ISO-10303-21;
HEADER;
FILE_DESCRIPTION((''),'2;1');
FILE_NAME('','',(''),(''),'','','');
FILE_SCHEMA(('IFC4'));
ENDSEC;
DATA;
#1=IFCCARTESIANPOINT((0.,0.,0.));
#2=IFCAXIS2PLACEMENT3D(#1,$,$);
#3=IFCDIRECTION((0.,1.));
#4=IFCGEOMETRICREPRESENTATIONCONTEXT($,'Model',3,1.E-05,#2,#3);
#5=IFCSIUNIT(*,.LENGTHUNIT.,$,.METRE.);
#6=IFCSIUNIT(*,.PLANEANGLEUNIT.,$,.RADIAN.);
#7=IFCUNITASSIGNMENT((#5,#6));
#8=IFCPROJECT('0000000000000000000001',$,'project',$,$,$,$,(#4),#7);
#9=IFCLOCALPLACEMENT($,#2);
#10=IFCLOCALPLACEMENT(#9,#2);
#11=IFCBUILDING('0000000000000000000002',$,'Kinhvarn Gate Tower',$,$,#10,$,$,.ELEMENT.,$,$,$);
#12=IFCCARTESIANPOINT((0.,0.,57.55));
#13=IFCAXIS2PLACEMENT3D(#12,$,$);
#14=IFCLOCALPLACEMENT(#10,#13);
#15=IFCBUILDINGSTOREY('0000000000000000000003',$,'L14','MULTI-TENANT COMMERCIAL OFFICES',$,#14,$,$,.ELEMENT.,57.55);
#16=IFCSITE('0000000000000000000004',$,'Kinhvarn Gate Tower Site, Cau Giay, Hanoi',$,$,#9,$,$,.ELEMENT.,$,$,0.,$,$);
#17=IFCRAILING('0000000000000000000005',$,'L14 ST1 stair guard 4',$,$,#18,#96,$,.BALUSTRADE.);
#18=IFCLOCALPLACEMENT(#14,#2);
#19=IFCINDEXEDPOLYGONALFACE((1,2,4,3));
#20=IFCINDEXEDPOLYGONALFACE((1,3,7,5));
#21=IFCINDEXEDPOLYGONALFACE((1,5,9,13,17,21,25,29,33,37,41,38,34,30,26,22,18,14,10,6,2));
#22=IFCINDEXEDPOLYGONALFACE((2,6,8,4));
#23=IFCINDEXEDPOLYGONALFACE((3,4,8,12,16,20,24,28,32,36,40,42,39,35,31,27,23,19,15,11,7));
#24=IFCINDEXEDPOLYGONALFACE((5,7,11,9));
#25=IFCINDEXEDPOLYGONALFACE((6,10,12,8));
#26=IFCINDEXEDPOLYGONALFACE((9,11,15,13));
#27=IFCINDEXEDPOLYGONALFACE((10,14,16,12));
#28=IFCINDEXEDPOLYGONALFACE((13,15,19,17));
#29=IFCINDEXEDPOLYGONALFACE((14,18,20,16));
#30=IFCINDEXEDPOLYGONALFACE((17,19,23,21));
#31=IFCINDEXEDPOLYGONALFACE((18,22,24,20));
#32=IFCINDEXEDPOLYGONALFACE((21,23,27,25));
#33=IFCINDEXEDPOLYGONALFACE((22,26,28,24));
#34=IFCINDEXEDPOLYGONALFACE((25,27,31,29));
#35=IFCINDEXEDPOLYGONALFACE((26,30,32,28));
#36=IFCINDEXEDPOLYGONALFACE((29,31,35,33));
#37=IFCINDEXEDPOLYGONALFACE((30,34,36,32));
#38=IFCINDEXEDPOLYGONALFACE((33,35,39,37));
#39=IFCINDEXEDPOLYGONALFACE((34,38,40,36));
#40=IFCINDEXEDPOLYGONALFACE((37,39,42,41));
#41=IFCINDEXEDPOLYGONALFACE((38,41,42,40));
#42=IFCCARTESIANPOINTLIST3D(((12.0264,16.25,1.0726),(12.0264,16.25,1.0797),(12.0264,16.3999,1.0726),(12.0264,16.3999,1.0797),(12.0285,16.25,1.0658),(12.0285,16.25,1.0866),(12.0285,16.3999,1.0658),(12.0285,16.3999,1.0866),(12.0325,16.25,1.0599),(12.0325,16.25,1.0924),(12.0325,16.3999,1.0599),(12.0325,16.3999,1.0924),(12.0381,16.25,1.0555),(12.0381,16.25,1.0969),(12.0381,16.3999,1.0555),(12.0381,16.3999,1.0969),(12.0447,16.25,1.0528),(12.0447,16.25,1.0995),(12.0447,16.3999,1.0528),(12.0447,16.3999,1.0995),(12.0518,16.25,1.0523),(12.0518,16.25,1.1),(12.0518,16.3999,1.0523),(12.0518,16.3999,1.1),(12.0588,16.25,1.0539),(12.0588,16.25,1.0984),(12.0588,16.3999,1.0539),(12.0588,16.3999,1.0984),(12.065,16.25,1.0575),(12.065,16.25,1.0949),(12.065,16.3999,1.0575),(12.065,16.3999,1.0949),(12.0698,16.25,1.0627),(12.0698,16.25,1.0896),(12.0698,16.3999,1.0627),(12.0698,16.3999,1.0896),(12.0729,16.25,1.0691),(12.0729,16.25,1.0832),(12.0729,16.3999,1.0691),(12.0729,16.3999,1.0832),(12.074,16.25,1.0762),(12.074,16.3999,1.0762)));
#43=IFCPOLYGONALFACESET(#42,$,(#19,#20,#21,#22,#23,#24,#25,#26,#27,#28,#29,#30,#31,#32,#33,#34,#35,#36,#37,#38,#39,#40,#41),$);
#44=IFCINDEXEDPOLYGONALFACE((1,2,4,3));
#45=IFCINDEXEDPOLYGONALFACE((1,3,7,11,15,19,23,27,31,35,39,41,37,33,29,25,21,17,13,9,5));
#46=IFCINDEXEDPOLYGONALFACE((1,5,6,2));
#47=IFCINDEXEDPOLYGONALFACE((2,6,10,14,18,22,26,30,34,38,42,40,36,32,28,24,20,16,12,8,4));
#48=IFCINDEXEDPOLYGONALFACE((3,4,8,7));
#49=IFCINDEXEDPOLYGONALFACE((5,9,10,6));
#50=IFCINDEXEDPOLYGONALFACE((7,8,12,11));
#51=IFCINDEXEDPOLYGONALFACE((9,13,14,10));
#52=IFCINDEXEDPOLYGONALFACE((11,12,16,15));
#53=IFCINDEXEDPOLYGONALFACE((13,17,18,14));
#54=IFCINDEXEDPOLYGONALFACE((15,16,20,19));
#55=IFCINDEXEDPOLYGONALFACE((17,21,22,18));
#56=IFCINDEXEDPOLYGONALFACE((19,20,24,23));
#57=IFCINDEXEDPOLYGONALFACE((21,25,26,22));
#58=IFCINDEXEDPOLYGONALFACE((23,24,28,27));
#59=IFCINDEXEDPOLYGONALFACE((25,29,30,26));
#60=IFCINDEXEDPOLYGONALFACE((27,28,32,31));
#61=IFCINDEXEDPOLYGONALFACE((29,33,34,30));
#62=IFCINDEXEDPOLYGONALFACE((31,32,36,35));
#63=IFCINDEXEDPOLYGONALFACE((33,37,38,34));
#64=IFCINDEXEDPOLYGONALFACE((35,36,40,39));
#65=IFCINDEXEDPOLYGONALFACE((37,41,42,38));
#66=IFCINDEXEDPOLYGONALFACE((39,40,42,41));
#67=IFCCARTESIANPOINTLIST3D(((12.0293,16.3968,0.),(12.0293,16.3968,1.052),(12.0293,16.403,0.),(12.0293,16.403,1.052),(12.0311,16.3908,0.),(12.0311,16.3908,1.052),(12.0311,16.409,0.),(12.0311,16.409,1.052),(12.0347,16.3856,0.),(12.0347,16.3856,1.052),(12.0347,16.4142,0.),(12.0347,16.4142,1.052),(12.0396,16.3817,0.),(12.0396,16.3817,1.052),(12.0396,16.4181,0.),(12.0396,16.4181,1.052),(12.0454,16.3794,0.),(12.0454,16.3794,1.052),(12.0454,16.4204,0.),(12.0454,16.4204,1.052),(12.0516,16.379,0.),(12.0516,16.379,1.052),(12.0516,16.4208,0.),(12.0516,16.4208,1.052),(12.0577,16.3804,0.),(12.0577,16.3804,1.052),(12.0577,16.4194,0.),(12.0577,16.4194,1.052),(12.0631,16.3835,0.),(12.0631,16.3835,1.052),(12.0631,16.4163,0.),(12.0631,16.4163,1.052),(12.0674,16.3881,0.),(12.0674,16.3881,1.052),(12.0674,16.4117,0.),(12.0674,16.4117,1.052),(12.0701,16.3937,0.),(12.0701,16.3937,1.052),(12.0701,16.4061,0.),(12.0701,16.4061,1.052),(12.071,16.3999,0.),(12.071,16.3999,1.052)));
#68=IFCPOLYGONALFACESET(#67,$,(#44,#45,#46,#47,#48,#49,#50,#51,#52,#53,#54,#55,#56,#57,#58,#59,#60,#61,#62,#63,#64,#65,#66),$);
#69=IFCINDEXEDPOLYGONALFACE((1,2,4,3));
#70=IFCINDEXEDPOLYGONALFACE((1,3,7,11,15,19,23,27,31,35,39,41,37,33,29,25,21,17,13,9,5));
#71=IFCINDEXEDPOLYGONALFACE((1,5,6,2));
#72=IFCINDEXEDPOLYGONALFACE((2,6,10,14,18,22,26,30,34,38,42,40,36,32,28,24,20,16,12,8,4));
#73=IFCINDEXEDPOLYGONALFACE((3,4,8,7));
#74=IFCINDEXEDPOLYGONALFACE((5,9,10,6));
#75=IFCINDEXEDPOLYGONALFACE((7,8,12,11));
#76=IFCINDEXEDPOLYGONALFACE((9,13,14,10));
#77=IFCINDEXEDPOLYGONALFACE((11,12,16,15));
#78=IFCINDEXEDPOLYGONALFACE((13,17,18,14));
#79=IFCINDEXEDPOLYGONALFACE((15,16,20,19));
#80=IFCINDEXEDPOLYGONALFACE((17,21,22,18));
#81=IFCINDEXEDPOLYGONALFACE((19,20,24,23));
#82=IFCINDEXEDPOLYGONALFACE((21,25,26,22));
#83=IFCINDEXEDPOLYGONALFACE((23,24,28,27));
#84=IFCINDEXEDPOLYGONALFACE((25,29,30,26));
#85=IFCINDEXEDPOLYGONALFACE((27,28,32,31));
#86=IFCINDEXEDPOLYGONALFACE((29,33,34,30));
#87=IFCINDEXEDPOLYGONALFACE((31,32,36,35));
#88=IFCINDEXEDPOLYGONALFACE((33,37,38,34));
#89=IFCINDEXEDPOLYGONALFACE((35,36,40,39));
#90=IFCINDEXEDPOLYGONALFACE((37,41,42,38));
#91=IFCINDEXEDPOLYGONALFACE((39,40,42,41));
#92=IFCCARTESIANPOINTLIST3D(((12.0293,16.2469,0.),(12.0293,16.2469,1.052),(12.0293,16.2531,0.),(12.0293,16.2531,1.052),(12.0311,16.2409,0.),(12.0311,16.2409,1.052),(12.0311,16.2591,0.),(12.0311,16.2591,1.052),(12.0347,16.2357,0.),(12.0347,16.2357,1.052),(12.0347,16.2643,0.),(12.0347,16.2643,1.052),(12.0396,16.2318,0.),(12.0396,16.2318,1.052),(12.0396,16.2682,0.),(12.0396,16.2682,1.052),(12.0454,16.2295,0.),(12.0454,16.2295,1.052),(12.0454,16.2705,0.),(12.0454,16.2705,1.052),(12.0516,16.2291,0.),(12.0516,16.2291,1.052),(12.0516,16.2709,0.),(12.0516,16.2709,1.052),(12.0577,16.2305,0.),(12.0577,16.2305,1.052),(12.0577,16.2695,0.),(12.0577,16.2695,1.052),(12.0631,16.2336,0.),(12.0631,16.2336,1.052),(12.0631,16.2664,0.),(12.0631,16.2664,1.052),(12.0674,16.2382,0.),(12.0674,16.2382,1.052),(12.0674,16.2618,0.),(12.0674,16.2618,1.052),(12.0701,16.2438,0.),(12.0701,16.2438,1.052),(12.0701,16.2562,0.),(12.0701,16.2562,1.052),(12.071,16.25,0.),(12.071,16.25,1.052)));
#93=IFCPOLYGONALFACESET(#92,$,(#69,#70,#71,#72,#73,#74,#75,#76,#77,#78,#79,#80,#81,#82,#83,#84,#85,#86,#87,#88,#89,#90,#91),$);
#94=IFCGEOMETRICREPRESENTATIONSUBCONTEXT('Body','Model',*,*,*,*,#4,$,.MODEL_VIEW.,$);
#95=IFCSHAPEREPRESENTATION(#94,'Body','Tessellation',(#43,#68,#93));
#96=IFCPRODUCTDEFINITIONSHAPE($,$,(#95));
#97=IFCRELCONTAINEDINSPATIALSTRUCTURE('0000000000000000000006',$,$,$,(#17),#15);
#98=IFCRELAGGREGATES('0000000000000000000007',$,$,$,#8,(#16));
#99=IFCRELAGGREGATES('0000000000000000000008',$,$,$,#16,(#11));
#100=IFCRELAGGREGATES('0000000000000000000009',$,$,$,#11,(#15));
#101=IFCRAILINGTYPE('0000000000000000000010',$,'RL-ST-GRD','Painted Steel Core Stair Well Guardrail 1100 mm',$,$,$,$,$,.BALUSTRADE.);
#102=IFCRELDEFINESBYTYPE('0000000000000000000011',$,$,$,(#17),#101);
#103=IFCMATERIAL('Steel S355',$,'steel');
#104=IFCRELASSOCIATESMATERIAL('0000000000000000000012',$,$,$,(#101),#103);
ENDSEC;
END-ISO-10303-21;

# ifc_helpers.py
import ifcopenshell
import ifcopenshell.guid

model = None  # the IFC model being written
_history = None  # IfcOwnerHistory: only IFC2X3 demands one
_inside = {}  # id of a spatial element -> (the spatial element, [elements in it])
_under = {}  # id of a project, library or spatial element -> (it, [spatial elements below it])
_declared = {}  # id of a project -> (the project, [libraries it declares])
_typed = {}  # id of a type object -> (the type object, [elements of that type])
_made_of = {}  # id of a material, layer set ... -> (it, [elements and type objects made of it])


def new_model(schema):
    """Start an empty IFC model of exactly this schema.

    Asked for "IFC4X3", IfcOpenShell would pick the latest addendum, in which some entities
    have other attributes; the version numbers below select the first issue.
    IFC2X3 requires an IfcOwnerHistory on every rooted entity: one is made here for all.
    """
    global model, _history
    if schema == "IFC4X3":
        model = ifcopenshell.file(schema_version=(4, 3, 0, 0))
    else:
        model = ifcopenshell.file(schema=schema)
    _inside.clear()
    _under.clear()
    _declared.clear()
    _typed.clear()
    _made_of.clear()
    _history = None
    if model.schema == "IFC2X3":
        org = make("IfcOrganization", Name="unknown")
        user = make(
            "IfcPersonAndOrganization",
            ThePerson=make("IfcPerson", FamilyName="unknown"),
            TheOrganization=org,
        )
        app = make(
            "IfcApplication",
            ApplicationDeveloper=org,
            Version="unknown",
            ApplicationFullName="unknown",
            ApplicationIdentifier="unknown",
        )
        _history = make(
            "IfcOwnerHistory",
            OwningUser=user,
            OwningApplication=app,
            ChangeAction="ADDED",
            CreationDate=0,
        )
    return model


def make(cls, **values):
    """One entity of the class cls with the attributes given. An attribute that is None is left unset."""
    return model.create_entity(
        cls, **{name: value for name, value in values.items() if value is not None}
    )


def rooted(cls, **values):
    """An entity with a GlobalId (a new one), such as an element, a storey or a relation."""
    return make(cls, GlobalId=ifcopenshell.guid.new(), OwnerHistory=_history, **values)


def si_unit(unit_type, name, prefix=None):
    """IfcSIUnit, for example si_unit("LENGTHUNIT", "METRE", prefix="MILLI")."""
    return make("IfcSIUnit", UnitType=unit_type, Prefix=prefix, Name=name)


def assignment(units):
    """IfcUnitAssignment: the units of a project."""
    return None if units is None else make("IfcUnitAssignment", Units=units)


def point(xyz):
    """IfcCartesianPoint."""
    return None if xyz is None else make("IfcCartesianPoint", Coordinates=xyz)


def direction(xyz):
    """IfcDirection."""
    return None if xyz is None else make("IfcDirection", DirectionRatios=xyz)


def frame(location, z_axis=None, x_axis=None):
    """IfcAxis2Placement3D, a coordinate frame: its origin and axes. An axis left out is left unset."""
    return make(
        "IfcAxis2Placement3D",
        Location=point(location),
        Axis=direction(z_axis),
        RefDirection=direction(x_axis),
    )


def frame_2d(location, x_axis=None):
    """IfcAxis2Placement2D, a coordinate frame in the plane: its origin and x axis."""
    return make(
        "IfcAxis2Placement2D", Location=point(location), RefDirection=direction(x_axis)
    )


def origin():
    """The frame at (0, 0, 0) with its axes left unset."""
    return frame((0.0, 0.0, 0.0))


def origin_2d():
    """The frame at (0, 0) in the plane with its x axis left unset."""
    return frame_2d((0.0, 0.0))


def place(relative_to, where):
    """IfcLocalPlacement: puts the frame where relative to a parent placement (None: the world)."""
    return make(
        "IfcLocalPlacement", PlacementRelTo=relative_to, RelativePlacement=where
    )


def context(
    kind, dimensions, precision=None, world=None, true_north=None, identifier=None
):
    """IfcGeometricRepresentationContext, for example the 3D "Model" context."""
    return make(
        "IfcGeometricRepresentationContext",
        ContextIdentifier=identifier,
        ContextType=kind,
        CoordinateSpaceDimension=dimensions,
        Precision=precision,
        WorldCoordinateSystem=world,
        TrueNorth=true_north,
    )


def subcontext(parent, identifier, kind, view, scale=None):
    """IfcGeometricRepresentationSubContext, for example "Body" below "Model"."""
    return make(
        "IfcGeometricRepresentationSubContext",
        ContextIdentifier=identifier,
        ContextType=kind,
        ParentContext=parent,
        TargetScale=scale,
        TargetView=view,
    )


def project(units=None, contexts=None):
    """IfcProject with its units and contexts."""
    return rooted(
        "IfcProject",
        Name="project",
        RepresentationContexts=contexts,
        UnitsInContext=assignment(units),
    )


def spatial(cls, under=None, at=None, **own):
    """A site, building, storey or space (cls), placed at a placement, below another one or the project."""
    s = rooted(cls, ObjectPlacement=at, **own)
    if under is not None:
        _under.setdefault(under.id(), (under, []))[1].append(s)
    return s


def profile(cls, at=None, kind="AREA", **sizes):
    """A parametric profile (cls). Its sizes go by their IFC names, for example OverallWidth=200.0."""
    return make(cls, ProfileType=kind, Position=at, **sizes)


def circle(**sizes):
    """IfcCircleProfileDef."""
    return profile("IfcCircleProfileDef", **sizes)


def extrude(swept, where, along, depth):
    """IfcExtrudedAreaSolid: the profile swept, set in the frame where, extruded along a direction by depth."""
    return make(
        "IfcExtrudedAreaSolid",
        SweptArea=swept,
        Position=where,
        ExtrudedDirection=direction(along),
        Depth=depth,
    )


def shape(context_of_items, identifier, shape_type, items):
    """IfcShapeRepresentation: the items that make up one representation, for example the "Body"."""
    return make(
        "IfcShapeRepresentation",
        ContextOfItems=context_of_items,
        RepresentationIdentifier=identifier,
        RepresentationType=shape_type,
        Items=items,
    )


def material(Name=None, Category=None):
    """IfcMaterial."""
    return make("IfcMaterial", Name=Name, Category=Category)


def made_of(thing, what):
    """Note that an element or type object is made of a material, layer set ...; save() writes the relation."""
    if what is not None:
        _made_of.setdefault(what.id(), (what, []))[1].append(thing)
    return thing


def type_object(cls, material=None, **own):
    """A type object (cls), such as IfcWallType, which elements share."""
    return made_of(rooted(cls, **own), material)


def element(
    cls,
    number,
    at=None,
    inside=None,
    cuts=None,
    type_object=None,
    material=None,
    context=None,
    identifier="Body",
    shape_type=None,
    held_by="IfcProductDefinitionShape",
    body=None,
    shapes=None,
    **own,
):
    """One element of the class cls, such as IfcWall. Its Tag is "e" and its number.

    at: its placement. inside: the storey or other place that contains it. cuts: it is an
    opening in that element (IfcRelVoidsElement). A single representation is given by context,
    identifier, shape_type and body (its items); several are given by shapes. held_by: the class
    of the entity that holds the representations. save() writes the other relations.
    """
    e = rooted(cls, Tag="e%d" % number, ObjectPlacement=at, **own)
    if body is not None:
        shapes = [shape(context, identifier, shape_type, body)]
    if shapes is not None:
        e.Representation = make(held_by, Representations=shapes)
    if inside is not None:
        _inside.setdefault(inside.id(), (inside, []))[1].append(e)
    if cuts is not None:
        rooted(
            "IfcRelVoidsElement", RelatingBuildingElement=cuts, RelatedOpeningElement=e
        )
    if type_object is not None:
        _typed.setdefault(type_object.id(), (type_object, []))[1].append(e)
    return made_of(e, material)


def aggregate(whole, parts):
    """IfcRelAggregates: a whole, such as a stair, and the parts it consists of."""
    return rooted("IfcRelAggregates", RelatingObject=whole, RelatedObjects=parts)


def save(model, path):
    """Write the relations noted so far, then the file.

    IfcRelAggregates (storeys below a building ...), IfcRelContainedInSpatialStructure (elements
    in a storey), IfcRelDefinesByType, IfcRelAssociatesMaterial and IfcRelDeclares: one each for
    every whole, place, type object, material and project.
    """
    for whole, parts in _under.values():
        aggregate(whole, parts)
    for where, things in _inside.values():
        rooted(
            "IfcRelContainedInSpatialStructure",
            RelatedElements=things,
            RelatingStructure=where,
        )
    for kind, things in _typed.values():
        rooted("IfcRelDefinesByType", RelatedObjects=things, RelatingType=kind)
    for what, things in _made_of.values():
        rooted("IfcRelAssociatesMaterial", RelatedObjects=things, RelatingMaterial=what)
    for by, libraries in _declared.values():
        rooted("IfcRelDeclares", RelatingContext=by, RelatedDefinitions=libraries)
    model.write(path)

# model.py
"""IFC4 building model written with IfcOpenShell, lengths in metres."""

from ifc_helpers import new_model, si_unit, direction, frame, origin, origin_2d, place, context, subcontext, project, spatial, circle, extrude, material, type_object, element, save


model = new_model("IFC4")

# Units and contexts
model_context = context("Model", 3, precision=1e-05, world=origin(), true_north=direction((0.0, 1.0)))
body_context = subcontext(model_context, "Body", "Model", "MODEL_VIEW")
ifc_project = project(units=[si_unit("LENGTHUNIT", "METRE"), si_unit("PLANEANGLEUNIT", "RADIAN")], contexts=[model_context])

# Site, building, storey
site_placement = place(None, origin())
site = spatial("IfcSite", under=ifc_project, at=site_placement, Name="Kinhvarn Gate Tower Site, Cau Giay, Hanoi", CompositionType="ELEMENT", RefElevation=0.0)
building_placement = place(site_placement, origin())
building = spatial("IfcBuilding", under=site, at=building_placement, Name="Kinhvarn Gate Tower", CompositionType="ELEMENT")
storey_placement = place(building_placement, frame((0.0, 0.0, 57.55)))
storey = spatial("IfcBuildingStorey", under=building, at=storey_placement, Name="L14", Description="MULTI-TENANT COMMERCIAL OFFICES", CompositionType="ELEMENT", Elevation=57.55)

# Shared definitions
ifc_material_1 = material(Name="Steel S355", Category="steel")

# Railing
railing_type_1 = type_object("IfcRailingType", Name="RL-ST-GRD", Description="Painted Steel Core Stair Well Guardrail 1100 mm", PredefinedType="BALUSTRADE", material=ifc_material_1)
railing_1_placement = place(storey_placement, frame((12.05, 16.3999, 0.0)))
element("IfcRailing", 1, at=railing_1_placement, inside=storey, type_object=railing_type_1, Name="L14 ST1 stair guard 4", PredefinedType="BALUSTRADE", context=body_context, shape_type="SweptSolid", body=[
    extrude(circle(Radius=0.0239, at=origin_2d()), frame((0.0, 0.0, 1.0762), z_axis=(0.0, -1.0, 0.0), x_axis=(1.0, 0.0, 0.0)), (0.0, 0.0, 1.0), 0.1499),
    extrude(circle(Radius=0.021, at=origin_2d()), origin(), (0.0, 0.0, 1.0), 1.052),
    extrude(circle(Radius=0.021, at=origin_2d()), frame((0.0, -0.1499, 0.0)), (0.0, 0.0, 1.0), 1.052),
])

save(model, "model.ifc")
